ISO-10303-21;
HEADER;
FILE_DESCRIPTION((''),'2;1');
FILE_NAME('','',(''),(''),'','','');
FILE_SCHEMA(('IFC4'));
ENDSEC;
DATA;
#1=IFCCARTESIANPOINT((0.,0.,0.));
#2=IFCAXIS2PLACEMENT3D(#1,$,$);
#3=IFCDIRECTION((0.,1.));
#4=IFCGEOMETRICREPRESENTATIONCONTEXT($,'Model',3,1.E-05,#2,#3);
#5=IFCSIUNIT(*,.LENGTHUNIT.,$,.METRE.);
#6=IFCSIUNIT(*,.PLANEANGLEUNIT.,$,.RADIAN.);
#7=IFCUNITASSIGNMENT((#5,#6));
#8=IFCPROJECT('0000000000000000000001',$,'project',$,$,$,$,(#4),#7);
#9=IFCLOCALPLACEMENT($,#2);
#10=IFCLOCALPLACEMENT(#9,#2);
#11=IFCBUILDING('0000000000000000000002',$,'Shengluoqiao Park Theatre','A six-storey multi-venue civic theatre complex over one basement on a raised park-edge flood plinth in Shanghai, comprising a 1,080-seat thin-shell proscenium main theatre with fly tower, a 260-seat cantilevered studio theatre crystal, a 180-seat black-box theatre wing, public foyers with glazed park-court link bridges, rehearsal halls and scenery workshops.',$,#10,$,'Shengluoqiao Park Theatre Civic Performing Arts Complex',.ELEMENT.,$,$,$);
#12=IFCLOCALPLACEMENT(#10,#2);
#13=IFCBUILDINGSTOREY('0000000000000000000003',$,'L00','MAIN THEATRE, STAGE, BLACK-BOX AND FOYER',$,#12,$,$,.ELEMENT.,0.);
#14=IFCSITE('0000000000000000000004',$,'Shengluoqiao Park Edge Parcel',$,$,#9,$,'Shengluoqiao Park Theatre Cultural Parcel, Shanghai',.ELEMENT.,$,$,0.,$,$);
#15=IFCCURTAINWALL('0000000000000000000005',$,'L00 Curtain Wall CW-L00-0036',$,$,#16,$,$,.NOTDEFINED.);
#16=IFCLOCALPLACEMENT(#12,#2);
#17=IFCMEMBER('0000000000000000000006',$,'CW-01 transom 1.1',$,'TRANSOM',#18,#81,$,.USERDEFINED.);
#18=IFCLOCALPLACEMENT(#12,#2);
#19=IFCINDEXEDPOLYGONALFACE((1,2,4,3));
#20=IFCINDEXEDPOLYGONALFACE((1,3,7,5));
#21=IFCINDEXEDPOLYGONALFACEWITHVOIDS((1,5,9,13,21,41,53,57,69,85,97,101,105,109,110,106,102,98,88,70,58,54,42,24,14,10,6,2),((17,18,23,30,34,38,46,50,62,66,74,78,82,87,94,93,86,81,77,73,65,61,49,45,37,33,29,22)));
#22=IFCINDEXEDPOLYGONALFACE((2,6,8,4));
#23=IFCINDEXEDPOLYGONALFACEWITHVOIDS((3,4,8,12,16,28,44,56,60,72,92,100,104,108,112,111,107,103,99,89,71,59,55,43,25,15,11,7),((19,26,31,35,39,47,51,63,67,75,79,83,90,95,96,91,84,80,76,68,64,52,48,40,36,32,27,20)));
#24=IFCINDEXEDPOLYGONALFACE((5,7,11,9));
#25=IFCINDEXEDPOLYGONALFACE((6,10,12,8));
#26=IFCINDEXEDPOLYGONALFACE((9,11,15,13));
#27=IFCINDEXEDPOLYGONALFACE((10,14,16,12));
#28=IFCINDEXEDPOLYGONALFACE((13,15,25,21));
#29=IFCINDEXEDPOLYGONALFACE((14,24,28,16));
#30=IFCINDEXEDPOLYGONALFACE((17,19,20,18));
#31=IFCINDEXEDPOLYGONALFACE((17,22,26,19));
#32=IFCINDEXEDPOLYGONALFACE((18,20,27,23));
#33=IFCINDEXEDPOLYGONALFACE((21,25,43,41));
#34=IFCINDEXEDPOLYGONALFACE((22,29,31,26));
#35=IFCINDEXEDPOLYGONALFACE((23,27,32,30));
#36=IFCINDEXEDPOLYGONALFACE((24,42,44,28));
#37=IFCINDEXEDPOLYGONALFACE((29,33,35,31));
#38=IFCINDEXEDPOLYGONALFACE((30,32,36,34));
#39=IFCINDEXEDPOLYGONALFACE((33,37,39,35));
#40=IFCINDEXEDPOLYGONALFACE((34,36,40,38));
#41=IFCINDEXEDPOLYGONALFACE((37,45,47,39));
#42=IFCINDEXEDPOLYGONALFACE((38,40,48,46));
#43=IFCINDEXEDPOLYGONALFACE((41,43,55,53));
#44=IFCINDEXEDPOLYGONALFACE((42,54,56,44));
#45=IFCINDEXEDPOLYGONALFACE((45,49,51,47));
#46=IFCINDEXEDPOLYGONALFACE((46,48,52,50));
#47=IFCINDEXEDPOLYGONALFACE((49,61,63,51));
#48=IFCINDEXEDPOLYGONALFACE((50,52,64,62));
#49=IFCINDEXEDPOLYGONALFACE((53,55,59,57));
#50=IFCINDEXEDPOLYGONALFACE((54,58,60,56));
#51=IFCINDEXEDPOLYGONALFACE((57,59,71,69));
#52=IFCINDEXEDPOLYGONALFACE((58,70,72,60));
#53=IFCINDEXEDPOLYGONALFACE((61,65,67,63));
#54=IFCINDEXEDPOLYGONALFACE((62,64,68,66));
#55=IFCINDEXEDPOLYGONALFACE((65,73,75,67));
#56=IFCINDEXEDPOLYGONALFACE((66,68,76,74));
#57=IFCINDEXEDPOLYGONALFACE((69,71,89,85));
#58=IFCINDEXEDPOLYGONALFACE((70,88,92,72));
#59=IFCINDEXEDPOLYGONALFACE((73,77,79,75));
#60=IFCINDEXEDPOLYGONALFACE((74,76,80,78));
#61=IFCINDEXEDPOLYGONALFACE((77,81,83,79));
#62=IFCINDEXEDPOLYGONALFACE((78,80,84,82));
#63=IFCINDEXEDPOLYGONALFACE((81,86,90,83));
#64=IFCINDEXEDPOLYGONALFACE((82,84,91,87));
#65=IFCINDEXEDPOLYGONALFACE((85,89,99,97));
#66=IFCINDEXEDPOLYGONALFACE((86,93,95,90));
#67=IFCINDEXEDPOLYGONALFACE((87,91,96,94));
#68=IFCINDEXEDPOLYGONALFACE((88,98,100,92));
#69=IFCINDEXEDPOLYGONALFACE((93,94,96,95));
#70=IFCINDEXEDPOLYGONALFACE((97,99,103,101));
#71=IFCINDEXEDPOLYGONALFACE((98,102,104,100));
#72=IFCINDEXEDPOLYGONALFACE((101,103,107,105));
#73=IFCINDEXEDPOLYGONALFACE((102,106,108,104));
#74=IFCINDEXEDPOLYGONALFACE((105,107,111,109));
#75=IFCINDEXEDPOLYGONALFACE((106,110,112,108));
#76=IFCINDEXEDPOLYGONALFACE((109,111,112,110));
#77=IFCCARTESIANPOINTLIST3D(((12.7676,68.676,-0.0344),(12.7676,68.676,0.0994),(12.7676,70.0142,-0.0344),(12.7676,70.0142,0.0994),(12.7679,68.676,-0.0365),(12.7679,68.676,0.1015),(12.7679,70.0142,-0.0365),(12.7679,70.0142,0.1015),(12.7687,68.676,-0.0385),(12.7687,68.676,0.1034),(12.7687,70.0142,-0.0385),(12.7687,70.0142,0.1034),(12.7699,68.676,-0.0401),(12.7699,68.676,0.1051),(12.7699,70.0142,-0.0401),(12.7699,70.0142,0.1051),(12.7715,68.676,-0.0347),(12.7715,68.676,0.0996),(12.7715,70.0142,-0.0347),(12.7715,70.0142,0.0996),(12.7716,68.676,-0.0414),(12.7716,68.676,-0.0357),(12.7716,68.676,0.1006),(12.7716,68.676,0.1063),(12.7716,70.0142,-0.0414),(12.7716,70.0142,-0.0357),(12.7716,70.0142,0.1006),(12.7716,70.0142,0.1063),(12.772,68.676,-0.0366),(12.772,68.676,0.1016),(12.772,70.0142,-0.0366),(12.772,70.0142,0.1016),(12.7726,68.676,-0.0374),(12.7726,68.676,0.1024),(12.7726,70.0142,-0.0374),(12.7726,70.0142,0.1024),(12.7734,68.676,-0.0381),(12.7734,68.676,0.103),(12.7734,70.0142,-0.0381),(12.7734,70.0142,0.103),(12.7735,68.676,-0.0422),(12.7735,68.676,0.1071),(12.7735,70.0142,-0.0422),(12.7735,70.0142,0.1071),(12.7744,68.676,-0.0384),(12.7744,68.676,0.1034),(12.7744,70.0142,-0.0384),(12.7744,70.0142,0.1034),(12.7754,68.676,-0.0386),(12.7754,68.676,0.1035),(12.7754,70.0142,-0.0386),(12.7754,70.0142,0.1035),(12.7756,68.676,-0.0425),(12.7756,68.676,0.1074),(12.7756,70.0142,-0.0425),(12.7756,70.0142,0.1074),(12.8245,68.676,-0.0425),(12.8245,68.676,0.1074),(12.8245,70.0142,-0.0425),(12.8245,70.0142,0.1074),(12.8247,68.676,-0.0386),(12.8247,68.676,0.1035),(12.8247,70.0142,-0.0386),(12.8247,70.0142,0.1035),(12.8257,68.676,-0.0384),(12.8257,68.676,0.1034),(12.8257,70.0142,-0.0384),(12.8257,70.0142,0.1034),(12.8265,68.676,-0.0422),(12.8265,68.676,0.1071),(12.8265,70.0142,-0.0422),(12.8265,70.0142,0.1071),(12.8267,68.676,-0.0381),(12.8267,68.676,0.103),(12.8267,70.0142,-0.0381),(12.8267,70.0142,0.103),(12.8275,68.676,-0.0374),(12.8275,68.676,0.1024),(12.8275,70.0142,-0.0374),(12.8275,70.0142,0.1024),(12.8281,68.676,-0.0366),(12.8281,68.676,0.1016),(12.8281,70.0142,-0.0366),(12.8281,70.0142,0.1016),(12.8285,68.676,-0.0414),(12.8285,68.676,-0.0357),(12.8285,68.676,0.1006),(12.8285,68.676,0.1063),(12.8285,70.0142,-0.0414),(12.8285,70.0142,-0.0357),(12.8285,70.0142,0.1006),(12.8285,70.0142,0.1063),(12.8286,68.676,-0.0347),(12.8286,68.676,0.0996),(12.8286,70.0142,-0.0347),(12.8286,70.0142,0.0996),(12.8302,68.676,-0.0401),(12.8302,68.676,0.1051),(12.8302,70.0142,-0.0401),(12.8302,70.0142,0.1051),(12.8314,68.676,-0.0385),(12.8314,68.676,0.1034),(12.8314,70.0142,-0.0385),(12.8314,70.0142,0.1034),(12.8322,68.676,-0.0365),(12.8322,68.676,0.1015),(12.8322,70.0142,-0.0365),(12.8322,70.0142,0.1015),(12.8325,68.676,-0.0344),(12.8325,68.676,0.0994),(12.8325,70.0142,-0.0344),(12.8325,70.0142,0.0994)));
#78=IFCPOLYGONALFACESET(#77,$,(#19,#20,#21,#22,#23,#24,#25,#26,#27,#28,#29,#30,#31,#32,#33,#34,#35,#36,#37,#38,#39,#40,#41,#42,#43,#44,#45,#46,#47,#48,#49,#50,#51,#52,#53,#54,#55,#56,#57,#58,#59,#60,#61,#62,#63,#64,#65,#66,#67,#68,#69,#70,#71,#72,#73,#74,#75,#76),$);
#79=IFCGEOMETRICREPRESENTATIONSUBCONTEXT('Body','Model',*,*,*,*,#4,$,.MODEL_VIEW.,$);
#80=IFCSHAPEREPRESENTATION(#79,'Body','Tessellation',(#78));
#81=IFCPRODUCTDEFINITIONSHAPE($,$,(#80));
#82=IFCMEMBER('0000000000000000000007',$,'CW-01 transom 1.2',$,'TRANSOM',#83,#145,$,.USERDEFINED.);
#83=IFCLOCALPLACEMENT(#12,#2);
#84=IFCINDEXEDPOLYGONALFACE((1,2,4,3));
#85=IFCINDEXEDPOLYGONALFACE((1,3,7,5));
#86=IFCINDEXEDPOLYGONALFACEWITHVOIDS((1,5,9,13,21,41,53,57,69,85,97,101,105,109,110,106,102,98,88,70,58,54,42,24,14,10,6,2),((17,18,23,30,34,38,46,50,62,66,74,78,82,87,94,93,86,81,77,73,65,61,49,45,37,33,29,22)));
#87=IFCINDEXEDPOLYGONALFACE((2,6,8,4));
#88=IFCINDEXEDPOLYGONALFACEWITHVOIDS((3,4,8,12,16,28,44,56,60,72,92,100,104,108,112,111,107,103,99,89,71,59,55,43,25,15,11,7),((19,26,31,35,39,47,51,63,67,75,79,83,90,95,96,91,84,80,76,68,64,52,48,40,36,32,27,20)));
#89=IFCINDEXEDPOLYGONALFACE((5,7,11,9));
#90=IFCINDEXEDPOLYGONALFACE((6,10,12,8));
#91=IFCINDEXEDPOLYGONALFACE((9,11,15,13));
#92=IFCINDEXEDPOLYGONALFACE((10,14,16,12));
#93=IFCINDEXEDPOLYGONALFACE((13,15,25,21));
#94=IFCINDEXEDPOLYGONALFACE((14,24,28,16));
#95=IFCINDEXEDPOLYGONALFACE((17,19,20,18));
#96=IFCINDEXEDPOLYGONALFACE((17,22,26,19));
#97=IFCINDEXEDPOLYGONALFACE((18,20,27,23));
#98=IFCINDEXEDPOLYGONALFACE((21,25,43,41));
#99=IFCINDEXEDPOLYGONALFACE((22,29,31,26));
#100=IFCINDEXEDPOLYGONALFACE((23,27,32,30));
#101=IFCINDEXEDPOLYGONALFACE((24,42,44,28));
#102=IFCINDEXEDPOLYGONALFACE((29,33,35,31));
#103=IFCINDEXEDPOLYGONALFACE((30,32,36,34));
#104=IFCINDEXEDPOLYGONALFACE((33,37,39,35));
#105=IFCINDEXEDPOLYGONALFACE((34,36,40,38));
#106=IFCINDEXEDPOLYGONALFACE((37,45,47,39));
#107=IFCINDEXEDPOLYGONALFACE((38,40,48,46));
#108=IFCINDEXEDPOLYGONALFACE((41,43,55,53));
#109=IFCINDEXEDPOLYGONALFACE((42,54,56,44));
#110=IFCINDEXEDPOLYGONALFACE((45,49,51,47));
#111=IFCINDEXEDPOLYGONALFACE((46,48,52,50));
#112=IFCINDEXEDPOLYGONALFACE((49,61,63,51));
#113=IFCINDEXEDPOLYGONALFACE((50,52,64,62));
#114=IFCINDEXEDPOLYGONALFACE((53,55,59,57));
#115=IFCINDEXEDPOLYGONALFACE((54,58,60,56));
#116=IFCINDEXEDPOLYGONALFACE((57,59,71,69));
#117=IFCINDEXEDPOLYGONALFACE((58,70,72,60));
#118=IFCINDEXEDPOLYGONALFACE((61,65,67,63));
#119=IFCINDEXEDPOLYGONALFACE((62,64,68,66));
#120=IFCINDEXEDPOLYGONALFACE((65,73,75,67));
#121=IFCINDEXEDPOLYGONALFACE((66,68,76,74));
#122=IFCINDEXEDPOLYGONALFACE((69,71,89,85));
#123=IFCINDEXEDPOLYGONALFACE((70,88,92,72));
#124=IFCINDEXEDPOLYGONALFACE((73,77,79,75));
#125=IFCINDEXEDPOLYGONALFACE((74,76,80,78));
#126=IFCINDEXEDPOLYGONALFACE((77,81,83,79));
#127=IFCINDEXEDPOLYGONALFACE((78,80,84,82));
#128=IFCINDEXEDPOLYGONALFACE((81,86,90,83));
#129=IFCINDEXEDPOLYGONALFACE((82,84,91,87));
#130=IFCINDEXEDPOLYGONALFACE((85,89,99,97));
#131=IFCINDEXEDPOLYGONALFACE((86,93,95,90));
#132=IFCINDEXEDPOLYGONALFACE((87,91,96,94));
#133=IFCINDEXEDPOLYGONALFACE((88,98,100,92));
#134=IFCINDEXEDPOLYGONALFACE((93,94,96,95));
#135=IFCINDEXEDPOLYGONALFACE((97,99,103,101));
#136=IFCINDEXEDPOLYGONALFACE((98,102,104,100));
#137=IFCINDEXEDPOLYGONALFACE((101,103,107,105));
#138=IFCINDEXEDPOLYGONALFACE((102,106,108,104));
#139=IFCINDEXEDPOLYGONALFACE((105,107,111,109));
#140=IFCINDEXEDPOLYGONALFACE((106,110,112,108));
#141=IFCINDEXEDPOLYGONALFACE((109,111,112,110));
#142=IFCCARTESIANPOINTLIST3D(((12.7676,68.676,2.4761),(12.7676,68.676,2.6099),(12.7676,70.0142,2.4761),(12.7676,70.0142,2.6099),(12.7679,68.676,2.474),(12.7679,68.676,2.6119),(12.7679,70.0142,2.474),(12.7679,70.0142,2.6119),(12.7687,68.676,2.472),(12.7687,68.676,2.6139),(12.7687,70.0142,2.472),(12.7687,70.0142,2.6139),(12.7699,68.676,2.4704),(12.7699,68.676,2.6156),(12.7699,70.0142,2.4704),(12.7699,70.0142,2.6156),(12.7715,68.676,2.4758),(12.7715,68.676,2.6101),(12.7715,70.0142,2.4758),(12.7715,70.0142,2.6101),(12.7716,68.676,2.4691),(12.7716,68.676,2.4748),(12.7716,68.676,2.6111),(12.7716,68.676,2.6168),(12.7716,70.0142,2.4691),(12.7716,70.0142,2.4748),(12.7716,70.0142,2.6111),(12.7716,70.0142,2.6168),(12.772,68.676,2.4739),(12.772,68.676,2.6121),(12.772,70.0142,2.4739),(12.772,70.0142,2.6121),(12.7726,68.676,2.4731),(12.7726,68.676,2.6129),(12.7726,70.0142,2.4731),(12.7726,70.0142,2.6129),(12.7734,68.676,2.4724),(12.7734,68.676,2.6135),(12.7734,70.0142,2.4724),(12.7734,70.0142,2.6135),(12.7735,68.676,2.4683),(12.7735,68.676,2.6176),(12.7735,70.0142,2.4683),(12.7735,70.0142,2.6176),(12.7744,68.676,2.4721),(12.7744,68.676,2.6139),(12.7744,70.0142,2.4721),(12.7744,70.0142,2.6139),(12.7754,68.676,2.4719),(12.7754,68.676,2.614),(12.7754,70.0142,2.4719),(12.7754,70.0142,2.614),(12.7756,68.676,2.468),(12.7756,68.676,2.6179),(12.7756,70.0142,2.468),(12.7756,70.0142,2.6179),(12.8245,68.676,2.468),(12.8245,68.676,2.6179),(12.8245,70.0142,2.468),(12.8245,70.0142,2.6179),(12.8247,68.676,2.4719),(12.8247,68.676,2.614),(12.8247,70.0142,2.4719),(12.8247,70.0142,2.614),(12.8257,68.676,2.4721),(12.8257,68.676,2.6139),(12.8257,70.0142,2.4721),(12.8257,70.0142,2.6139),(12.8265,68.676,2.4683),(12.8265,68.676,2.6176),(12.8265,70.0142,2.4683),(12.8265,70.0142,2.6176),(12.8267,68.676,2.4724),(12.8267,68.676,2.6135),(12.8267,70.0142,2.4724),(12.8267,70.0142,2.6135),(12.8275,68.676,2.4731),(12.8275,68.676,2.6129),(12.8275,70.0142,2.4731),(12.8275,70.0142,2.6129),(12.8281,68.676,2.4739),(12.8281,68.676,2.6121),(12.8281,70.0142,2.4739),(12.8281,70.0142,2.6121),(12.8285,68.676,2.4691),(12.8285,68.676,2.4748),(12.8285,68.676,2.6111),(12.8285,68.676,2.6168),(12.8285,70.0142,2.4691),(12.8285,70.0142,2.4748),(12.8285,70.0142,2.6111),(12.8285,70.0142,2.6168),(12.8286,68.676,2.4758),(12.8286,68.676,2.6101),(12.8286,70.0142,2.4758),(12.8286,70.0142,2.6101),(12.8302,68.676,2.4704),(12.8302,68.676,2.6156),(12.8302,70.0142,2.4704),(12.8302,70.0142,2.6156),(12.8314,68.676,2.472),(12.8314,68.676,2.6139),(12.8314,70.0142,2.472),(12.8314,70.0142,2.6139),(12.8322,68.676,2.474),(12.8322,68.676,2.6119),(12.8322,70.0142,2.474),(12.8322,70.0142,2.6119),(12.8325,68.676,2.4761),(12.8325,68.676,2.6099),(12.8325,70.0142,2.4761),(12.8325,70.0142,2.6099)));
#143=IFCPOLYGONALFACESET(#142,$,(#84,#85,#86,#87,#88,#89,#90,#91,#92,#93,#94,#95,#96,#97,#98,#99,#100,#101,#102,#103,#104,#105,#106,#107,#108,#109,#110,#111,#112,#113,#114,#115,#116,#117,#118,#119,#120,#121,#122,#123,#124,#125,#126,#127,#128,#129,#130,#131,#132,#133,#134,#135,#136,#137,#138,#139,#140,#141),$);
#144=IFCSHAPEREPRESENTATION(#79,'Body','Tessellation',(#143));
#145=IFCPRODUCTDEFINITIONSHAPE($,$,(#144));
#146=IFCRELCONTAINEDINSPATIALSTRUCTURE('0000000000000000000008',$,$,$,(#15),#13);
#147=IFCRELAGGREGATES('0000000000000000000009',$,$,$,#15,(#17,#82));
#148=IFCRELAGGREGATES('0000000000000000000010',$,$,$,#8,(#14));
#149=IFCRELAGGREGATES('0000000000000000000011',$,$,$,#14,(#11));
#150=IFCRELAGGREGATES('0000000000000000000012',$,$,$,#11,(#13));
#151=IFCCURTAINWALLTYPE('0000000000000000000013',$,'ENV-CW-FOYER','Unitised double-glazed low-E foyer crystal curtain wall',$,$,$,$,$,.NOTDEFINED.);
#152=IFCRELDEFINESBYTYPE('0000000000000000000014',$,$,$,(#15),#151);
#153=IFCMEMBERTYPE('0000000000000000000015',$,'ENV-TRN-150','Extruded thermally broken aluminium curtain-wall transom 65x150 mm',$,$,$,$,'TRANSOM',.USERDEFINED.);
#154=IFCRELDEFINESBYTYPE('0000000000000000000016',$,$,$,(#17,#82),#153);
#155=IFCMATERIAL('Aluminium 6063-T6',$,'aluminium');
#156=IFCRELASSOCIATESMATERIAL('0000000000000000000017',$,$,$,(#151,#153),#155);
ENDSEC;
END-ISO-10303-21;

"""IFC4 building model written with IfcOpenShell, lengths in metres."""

from ifc_helpers import new_model, si_unit, direction, frame, origin, origin_2d, place, context, subcontext, project, spatial, hollow_rectangle, extrude, material, material_profile, profile_set, type_object, element, aggregate, save


model = new_model("IFC4")

# Units and contexts
model_context = context("Model", 3, precision=1e-05, world=origin(), true_north=direction((0.0, 1.0)))
body_context = subcontext(model_context, "Body", "Model", "MODEL_VIEW")
ifc_project = project(units=[si_unit("LENGTHUNIT", "METRE"), si_unit("PLANEANGLEUNIT", "RADIAN")], contexts=[model_context])

# Site, building, storey
site_placement = place(None, origin())
site = spatial("IfcSite", under=ifc_project, at=site_placement, Name="Shengluoqiao Park Edge Parcel", LongName="Shengluoqiao Park Theatre Cultural Parcel, Shanghai", CompositionType="ELEMENT", RefElevation=0.0)
building_placement = place(site_placement, origin())
building = spatial("IfcBuilding", under=site, at=building_placement, Name="Shengluoqiao Park Theatre", Description="A six-storey multi-venue civic theatre complex over one basement on a raised park-edge flood plinth in Shanghai, comprising a 1,080-seat thin-shell proscenium main theatre with fly tower, a 260-seat cantilevered studio theatre crystal, a 180-seat black-box theatre wing, public foyers with glazed park-court link bridges, rehearsal halls and scenery workshops.", LongName="Shengluoqiao Park Theatre Civic Performing Arts Complex", CompositionType="ELEMENT")
storey_placement = place(building_placement, origin())
storey = spatial("IfcBuildingStorey", under=building, at=storey_placement, Name="L00", Description="MAIN THEATRE, STAGE, BLACK-BOX AND FOYER", CompositionType="ELEMENT", Elevation=0.0)

# Curtain wall, members
ifc_material_1 = material(Name="Aluminium 6063-T6", Category="aluminium")
curtain_wall_type = type_object("IfcCurtainWallType", Name="ENV-CW-FOYER", Description="Unitised double-glazed low-E foyer crystal curtain wall", PredefinedType="NOTDEFINED", material=ifc_material_1)
curtain_wall_placement = place(storey_placement, origin())
curtain_wall = element("IfcCurtainWall", 1, at=curtain_wall_placement, inside=storey, type_object=curtain_wall_type, Name="L00 Curtain Wall CW-L00-0036", PredefinedType="NOTDEFINED")
ifc_material_profile_1 = material_profile(ifc_material_1, hollow_rectangle(XDim=0.0649, YDim=0.1499, WallThickness=0.0039, InnerFilletRadius=0.0039, OuterFilletRadius=0.0081, at=origin_2d()), Name="ALU TRANSOM 150x65x4")
ifc_profile_set_1 = profile_set([ifc_material_profile_1], Name="Aluminium 6063-T6")
member_type_1 = type_object("IfcMemberType", Name="ENV-TRN-150", Description="Extruded thermally broken aluminium curtain-wall transom 65x150 mm", ElementType="TRANSOM", PredefinedType="USERDEFINED", material=ifc_profile_set_1)
member_1_placement = place(storey_placement, frame((12.8, 68.676, 0.0325), z_axis=(0.0, 1.0, 0.0), x_axis=(-1.0, 0.0, 0.0)))
member_1 = element("IfcMember", 2, at=member_1_placement, type_object=member_type_1, Name="CW-01 transom 1.1", ObjectType="TRANSOM", PredefinedType="USERDEFINED", context=body_context, shape_type="SweptSolid", body=[
    extrude(hollow_rectangle(XDim=0.0649, YDim=0.1499, WallThickness=0.0039, InnerFilletRadius=0.0039, OuterFilletRadius=0.0081, at=origin_2d()), origin(), (0.0, 0.0, 1.0), 1.3381),
])
member_2_placement = place(storey_placement, frame((12.8, 68.676, 2.543), z_axis=(0.0, 1.0, 0.0), x_axis=(-1.0, 0.0, 0.0)))
member_2 = element("IfcMember", 3, at=member_2_placement, type_object=member_type_1, Name="CW-01 transom 1.2", ObjectType="TRANSOM", PredefinedType="USERDEFINED", context=body_context, shape_type="SweptSolid", body=[
    extrude(hollow_rectangle(XDim=0.0649, YDim=0.1499, WallThickness=0.0039, InnerFilletRadius=0.0039, OuterFilletRadius=0.0081, at=origin_2d()), origin(), (0.0, 0.0, 1.0), 1.3381),
])

aggregate(curtain_wall, [member_1, member_2])

save(model, "model.ifc")
